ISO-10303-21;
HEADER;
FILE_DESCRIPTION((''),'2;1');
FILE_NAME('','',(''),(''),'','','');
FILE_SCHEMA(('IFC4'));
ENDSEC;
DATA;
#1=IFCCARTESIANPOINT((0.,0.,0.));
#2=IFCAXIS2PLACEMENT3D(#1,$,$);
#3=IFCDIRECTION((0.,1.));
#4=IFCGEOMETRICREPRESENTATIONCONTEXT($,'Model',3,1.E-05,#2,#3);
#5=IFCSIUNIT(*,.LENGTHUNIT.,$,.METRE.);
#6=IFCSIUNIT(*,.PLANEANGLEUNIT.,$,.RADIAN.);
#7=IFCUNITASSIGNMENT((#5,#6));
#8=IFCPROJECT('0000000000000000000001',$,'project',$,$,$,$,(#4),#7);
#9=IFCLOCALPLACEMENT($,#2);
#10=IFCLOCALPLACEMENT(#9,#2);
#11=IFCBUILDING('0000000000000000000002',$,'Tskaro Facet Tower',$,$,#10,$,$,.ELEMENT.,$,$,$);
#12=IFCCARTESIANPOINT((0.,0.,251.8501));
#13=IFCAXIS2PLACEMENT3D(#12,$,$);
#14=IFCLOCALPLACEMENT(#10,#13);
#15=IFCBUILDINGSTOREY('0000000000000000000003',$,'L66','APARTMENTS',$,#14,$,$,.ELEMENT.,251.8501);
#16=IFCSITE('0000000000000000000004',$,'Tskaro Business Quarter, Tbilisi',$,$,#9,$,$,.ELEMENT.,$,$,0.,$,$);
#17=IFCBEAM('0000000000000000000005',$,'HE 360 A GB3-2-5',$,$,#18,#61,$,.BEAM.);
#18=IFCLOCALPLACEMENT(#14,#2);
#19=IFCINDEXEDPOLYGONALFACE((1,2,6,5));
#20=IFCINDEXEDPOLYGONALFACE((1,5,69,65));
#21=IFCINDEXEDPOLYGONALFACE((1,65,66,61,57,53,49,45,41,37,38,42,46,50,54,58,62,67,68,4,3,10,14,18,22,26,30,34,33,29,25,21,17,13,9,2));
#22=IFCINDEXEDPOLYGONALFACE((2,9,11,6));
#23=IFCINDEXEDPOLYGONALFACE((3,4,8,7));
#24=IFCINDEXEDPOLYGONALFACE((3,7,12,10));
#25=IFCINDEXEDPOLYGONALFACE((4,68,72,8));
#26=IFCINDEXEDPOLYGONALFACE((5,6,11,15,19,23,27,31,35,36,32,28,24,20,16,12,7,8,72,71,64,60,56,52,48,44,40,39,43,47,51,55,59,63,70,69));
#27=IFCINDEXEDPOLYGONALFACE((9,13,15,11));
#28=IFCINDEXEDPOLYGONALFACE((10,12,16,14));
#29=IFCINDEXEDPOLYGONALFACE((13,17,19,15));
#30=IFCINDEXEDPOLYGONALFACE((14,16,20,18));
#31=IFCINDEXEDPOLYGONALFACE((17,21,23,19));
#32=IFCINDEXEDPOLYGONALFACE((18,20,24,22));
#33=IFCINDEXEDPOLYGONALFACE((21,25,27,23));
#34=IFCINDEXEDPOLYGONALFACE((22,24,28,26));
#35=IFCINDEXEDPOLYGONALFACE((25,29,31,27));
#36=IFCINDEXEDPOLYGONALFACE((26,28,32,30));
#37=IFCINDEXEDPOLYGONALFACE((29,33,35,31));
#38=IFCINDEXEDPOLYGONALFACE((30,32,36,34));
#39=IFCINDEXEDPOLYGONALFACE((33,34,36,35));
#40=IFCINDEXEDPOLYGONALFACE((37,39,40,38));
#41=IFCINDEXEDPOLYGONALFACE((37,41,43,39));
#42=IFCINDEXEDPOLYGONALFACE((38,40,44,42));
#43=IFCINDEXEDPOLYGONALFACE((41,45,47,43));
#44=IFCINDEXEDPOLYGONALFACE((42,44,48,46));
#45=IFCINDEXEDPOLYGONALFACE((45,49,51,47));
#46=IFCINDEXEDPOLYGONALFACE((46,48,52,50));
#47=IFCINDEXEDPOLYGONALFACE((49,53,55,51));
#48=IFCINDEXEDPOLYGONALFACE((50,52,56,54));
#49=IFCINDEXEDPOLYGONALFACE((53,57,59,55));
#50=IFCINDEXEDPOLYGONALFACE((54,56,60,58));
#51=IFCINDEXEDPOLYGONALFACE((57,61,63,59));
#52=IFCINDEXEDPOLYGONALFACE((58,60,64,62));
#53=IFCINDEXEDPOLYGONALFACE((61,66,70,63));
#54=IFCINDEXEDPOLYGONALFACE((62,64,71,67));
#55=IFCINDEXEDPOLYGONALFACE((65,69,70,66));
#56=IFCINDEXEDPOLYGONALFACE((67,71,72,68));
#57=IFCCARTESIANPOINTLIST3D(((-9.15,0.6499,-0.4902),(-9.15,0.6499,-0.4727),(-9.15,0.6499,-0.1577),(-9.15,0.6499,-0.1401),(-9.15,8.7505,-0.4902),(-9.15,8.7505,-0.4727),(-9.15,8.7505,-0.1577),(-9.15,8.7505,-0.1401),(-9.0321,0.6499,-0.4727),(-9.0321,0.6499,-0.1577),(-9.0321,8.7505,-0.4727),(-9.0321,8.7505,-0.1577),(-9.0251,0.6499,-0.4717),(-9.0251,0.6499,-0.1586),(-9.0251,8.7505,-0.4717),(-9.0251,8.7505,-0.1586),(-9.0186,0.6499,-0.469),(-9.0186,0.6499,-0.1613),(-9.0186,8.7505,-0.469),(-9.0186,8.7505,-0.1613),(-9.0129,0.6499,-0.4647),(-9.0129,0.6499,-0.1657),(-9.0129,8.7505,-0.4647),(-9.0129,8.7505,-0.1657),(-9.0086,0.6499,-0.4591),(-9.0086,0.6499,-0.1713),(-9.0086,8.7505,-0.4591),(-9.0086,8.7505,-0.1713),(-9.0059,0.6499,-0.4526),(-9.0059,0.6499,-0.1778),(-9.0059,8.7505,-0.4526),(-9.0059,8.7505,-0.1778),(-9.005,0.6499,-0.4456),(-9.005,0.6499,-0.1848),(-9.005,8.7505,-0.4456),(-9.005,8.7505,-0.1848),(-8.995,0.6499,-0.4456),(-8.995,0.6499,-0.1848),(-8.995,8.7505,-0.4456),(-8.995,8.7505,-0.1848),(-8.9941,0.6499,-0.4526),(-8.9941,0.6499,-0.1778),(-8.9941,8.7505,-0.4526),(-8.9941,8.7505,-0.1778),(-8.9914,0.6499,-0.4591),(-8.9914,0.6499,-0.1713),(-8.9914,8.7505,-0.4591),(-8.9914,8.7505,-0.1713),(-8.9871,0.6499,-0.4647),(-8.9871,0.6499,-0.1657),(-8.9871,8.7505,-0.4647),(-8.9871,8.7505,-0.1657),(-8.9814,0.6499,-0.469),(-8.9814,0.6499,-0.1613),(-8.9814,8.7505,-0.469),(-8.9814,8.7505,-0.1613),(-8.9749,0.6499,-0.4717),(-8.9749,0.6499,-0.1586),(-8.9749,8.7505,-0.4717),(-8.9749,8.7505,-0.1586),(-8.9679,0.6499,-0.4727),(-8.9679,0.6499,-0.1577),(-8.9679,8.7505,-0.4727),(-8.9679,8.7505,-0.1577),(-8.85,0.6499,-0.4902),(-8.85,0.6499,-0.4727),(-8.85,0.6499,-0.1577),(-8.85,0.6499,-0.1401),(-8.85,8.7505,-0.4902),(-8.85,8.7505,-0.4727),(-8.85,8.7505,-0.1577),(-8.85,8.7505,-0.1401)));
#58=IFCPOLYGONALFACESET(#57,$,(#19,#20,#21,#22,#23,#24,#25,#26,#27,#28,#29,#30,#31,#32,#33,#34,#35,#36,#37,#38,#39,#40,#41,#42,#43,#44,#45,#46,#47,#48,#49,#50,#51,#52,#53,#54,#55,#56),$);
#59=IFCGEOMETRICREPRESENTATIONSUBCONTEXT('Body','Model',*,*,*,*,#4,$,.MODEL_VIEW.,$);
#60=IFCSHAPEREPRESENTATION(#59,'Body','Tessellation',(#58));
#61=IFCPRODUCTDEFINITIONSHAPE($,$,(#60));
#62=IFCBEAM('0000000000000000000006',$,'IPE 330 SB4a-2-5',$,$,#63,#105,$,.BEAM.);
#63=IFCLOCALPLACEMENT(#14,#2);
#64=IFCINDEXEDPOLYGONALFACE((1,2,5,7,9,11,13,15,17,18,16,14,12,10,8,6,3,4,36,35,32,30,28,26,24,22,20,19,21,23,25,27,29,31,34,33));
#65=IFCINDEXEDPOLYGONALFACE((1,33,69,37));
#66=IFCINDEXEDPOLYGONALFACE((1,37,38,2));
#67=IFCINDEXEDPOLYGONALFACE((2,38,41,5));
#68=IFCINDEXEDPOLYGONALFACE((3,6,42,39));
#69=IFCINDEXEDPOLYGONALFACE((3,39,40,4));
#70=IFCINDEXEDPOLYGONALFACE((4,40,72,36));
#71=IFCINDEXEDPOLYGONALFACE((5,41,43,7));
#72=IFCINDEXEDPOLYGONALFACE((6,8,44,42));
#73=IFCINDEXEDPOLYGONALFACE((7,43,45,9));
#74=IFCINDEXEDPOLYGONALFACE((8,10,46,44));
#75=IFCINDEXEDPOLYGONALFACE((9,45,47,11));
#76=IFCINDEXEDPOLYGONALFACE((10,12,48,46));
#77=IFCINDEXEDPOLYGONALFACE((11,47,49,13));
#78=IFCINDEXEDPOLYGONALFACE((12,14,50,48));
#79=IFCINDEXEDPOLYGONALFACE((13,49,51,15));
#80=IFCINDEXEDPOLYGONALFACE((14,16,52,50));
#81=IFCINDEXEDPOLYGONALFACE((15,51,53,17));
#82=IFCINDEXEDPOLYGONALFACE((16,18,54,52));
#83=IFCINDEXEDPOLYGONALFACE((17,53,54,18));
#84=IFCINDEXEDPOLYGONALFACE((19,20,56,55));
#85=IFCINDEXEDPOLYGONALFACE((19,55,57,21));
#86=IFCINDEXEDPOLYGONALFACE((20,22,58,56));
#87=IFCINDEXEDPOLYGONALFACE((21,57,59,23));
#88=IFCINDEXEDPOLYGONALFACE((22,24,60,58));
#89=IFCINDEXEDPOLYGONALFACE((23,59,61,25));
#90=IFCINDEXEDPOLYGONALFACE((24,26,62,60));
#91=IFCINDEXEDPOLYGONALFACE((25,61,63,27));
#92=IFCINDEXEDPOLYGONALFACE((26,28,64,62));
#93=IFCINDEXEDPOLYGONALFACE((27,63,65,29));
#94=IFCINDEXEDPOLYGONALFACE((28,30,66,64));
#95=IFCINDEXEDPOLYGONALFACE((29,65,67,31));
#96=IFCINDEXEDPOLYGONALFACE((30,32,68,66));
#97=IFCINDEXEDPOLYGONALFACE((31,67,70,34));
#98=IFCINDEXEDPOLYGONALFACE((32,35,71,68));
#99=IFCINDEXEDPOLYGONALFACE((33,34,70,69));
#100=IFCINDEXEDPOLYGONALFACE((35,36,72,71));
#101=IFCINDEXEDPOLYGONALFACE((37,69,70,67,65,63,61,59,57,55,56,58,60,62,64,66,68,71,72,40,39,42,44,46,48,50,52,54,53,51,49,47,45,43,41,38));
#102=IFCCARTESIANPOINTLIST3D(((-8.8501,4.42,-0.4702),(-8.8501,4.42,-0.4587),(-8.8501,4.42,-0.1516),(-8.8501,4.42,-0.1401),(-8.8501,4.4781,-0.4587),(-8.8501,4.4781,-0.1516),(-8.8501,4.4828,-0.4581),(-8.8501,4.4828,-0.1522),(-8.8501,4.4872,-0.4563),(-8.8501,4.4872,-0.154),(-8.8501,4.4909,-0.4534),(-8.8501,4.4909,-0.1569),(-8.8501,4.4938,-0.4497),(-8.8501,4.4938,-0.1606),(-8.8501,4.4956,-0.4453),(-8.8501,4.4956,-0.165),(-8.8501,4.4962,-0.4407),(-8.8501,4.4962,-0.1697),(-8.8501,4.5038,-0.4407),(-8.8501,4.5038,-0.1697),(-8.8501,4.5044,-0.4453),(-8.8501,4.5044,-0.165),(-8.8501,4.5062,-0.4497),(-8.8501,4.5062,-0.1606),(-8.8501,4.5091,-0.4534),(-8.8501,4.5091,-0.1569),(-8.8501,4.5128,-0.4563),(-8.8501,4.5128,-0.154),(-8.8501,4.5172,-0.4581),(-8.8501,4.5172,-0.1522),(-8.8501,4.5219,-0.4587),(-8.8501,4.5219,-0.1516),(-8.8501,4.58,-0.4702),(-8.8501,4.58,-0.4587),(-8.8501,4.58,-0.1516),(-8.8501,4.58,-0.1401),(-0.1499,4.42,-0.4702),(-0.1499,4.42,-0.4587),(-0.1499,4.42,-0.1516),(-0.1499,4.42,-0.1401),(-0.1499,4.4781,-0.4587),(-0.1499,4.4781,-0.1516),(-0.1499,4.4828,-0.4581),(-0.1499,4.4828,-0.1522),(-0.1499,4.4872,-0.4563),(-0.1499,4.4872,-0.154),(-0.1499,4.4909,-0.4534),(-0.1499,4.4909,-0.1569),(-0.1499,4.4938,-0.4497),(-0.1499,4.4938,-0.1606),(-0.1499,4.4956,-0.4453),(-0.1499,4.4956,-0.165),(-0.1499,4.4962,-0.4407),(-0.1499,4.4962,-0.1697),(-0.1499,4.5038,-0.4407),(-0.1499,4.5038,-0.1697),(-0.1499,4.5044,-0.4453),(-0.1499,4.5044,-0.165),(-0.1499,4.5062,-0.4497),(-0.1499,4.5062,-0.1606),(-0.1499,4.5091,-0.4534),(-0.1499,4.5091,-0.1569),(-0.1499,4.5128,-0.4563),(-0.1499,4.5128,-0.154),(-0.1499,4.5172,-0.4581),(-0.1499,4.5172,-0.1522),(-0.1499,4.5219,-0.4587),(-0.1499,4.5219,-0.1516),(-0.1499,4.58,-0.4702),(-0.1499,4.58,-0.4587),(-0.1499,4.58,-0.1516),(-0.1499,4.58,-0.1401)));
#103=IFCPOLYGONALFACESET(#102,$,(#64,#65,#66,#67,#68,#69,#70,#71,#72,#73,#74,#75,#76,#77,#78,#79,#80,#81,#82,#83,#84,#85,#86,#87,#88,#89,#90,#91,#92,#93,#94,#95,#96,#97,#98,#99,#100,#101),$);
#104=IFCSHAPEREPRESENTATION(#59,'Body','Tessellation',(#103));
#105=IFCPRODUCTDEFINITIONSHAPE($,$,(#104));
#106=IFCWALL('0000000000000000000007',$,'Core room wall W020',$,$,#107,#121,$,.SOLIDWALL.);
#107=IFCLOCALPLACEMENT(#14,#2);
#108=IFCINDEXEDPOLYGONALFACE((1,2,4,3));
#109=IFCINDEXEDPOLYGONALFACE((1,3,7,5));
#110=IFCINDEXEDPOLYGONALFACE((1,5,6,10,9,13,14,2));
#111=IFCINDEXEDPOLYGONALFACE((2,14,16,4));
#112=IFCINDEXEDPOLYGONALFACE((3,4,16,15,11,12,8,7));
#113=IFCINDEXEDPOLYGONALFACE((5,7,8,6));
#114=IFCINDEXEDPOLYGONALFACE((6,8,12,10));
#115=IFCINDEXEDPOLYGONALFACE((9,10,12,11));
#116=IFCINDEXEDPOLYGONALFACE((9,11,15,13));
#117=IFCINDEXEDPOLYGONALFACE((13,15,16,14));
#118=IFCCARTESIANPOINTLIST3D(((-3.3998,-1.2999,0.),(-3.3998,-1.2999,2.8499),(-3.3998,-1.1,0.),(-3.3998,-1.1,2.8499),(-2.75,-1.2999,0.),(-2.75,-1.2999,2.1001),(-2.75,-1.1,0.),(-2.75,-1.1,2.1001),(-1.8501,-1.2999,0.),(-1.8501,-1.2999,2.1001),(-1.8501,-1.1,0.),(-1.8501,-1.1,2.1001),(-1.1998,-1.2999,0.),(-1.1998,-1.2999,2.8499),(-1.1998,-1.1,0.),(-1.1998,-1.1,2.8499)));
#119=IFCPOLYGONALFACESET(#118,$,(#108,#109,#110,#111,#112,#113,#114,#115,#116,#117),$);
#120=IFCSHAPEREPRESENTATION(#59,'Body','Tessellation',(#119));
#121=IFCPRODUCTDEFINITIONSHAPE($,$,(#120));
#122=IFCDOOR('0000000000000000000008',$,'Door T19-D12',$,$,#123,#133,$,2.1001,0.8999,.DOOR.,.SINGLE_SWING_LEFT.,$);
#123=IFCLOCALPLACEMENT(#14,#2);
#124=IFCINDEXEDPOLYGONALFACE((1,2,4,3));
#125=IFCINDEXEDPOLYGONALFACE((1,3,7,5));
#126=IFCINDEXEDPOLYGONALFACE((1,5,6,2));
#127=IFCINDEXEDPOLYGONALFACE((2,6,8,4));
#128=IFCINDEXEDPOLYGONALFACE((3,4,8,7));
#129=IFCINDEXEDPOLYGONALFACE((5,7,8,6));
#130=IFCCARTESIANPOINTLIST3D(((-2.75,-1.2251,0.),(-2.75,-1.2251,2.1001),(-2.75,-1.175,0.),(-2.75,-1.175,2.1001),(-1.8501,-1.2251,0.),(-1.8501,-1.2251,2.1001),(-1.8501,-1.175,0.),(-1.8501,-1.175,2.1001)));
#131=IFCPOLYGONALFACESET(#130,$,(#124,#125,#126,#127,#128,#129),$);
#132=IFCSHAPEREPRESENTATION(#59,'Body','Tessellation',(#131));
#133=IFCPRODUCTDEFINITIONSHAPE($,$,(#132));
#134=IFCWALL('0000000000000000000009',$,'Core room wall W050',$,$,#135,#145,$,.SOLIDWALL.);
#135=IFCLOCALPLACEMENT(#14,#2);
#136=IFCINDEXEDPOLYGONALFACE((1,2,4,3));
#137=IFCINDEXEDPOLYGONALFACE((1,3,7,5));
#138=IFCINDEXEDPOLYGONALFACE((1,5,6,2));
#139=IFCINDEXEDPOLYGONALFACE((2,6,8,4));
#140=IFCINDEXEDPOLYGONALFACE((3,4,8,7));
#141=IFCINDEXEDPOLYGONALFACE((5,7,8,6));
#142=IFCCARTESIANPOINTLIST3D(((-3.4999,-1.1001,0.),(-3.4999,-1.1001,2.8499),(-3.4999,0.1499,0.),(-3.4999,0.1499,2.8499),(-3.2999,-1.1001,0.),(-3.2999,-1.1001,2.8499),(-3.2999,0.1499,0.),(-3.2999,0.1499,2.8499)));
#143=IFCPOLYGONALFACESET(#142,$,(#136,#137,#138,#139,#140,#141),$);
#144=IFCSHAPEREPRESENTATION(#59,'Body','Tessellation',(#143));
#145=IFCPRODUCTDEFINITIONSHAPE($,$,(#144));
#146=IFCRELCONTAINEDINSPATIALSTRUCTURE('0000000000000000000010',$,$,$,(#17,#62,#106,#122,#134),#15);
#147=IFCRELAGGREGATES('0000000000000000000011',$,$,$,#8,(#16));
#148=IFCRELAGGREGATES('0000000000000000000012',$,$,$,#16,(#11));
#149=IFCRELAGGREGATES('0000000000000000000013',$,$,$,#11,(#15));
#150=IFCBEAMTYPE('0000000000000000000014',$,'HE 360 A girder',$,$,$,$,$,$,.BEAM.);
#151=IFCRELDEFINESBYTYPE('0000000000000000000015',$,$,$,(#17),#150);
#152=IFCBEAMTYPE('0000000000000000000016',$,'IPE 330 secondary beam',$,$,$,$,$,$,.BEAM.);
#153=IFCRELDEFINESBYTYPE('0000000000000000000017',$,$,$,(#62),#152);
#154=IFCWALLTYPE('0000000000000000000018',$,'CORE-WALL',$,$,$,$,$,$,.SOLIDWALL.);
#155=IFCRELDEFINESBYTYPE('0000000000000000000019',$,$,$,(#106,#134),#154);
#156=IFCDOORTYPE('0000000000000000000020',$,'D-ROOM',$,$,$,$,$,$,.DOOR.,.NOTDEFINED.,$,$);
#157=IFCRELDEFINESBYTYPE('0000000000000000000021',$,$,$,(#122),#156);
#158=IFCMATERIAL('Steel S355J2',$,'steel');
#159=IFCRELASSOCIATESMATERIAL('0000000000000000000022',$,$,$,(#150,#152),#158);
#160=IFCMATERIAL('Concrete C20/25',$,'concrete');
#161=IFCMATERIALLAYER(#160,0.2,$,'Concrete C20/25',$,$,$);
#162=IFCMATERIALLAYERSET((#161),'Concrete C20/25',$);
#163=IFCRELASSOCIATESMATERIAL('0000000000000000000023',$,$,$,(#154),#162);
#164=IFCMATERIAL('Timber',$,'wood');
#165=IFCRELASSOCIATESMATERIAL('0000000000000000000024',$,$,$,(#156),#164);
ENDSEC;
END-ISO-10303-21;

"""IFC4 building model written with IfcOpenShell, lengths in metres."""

from ifc_helpers import new_model, si_unit, direction, frame, frame_2d, origin, origin_2d, place, context, subcontext, project, spatial, rectangle, i_section, extrude, material, layer, layer_set, material_profile, profile_set, type_object, element, fill, save


model = new_model("IFC4")

# Units and contexts
model_context = context("Model", 3, precision=1e-05, world=origin(), true_north=direction((0.0, 1.0)))
body_context = subcontext(model_context, "Body", "Model", "MODEL_VIEW")
ifc_project = project(units=[si_unit("LENGTHUNIT", "METRE"), si_unit("PLANEANGLEUNIT", "RADIAN")], contexts=[model_context])

# Site, building, storey
site_placement = place(None, origin())
site = spatial("IfcSite", under=ifc_project, at=site_placement, Name="Tskaro Business Quarter, Tbilisi", CompositionType="ELEMENT", RefElevation=0.0)
building_placement = place(site_placement, origin())
building = spatial("IfcBuilding", under=site, at=building_placement, Name="Tskaro Facet Tower", CompositionType="ELEMENT")
storey_placement = place(building_placement, frame((0.0, 0.0, 251.8501)))
storey = spatial("IfcBuildingStorey", under=building, at=storey_placement, Name="L66", Description="APARTMENTS", CompositionType="ELEMENT", Elevation=251.8501)

# Beams
ifc_material_1 = material(Name="Steel S355J2", Category="steel")
ifc_material_profile_1 = material_profile(ifc_material_1, i_section(OverallWidth=0.3, OverallDepth=0.3501, WebThickness=0.01, FlangeThickness=0.0176, FilletRadius=0.0271, at=origin_2d()), Name="HE 360 A")
ifc_profile_set_1 = profile_set([ifc_material_profile_1], Name="Steel S355J2")
beam_type_1 = type_object("IfcBeamType", Name="HE 360 A girder", PredefinedType="BEAM", material=ifc_profile_set_1)
beam_1_placement = place(storey_placement, frame((-9.0, 0.6499, -0.3152), z_axis=(0.0, 1.0, 0.0), x_axis=(-1.0, 0.0, 0.0)))
element("IfcBeam", 1, at=beam_1_placement, inside=storey, type_object=beam_type_1, Name="HE 360 A GB3-2-5", PredefinedType="BEAM", context=body_context, shape_type="SweptSolid", body=[
    extrude(i_section(OverallWidth=0.3, OverallDepth=0.3501, WebThickness=0.01, FlangeThickness=0.0176, FilletRadius=0.0271, at=origin_2d()), origin(), (0.0, 0.0, 1.0), 8.1006),
])
ifc_material_profile_2 = material_profile(ifc_material_1, i_section(OverallWidth=0.1599, OverallDepth=0.3301, WebThickness=0.0076, FlangeThickness=0.0115, FilletRadius=0.0181, at=origin_2d()), Name="IPE 330")
ifc_profile_set_2 = profile_set([ifc_material_profile_2], Name="Steel S355J2")
beam_type_2 = type_object("IfcBeamType", Name="IPE 330 secondary beam", PredefinedType="BEAM", material=ifc_profile_set_2)
beam_2_placement = place(storey_placement, frame((-8.8501, 4.5, -0.3052), z_axis=(1.0, 0.0, 0.0), x_axis=(0.0, 1.0, 0.0)))
element("IfcBeam", 2, at=beam_2_placement, inside=storey, type_object=beam_type_2, Name="IPE 330 SB4a-2-5", PredefinedType="BEAM", context=body_context, shape_type="SweptSolid", body=[
    extrude(i_section(OverallWidth=0.1599, OverallDepth=0.3301, WebThickness=0.0076, FlangeThickness=0.0115, FilletRadius=0.0181, at=origin_2d()), origin(), (0.0, 0.0, 1.0), 8.7002),
])

# Wall, opening, door
ifc_material_2 = material(Name="Concrete C20/25", Category="concrete")
ifc_layer_1 = layer(ifc_material_2, 0.2, Name="Concrete C20/25")
ifc_layer_set_1 = layer_set([ifc_layer_1], Name="Concrete C20/25")
wall_type_1 = type_object("IfcWallType", Name="CORE-WALL", PredefinedType="SOLIDWALL", material=ifc_layer_set_1)
wall_1_placement = place(storey_placement, frame((-3.3999, -1.2, 0.0), z_axis=(0.0, 0.0, 1.0), x_axis=(1.0, 0.0, 0.0)))
wall_1 = element("IfcWall", 3, at=wall_1_placement, inside=storey, type_object=wall_type_1, Name="Core room wall W020", PredefinedType="SOLIDWALL", context=body_context, shape_type="SweptSolid", body=[
    extrude(rectangle(XDim=2.2, YDim=0.2, at=frame_2d((1.1001, 0.0))), origin(), (0.0, 0.0, 1.0), 2.8499),
])
opening_1_placement = place(wall_1_placement, frame((0.6499, 0.0, 0.0)))
opening_1 = element("IfcOpeningElement", 4, at=opening_1_placement, cuts=wall_1, PredefinedType="OPENING", context=body_context, shape_type="SweptSolid", body=[
    extrude(rectangle(XDim=0.8999, YDim=2.1001, at=frame_2d((0.45, 1.05))), frame((0.0, 0.1099, 0.0), z_axis=(0.0, -1.0, 0.0), x_axis=(1.0, 0.0, 0.0)), (0.0, 0.0, 1.0), 0.22),
])
ifc_material_3 = material(Name="Timber", Category="wood")
door_type_1 = type_object("IfcDoorType", Name="D-ROOM", OperationType="NOTDEFINED", PredefinedType="DOOR", material=ifc_material_3)
door_1_placement = place(opening_1_placement, origin())
door_1 = element("IfcDoor", 5, at=door_1_placement, inside=storey, type_object=door_type_1, Name="Door T19-D12", OperationType="SINGLE_SWING_LEFT", OverallHeight=2.1001, OverallWidth=0.8999, PredefinedType="DOOR", context=body_context, shape_type="SweptSolid", body=[
    extrude(rectangle(XDim=0.8999, YDim=2.1001, at=frame_2d((0.45, 1.05))), frame((0.0, 0.0249, 0.0), z_axis=(0.0, -1.0, 0.0), x_axis=(1.0, 0.0, 0.0)), (0.0, 0.0, 1.0), 0.05),
])
fill(opening_1, door_1)

# Wall
wall_2_placement = place(storey_placement, frame((-3.3999, -1.1001, 0.0), z_axis=(0.0, 0.0, 1.0), x_axis=(0.0, 1.0, 0.0)))
element("IfcWall", 6, at=wall_2_placement, inside=storey, type_object=wall_type_1, Name="Core room wall W050", PredefinedType="SOLIDWALL", context=body_context, shape_type="SweptSolid", body=[
    extrude(rectangle(XDim=1.25, YDim=0.2, at=frame_2d((0.625, 0.0))), origin(), (0.0, 0.0, 1.0), 2.8499),
])

save(model, "model.ifc")
